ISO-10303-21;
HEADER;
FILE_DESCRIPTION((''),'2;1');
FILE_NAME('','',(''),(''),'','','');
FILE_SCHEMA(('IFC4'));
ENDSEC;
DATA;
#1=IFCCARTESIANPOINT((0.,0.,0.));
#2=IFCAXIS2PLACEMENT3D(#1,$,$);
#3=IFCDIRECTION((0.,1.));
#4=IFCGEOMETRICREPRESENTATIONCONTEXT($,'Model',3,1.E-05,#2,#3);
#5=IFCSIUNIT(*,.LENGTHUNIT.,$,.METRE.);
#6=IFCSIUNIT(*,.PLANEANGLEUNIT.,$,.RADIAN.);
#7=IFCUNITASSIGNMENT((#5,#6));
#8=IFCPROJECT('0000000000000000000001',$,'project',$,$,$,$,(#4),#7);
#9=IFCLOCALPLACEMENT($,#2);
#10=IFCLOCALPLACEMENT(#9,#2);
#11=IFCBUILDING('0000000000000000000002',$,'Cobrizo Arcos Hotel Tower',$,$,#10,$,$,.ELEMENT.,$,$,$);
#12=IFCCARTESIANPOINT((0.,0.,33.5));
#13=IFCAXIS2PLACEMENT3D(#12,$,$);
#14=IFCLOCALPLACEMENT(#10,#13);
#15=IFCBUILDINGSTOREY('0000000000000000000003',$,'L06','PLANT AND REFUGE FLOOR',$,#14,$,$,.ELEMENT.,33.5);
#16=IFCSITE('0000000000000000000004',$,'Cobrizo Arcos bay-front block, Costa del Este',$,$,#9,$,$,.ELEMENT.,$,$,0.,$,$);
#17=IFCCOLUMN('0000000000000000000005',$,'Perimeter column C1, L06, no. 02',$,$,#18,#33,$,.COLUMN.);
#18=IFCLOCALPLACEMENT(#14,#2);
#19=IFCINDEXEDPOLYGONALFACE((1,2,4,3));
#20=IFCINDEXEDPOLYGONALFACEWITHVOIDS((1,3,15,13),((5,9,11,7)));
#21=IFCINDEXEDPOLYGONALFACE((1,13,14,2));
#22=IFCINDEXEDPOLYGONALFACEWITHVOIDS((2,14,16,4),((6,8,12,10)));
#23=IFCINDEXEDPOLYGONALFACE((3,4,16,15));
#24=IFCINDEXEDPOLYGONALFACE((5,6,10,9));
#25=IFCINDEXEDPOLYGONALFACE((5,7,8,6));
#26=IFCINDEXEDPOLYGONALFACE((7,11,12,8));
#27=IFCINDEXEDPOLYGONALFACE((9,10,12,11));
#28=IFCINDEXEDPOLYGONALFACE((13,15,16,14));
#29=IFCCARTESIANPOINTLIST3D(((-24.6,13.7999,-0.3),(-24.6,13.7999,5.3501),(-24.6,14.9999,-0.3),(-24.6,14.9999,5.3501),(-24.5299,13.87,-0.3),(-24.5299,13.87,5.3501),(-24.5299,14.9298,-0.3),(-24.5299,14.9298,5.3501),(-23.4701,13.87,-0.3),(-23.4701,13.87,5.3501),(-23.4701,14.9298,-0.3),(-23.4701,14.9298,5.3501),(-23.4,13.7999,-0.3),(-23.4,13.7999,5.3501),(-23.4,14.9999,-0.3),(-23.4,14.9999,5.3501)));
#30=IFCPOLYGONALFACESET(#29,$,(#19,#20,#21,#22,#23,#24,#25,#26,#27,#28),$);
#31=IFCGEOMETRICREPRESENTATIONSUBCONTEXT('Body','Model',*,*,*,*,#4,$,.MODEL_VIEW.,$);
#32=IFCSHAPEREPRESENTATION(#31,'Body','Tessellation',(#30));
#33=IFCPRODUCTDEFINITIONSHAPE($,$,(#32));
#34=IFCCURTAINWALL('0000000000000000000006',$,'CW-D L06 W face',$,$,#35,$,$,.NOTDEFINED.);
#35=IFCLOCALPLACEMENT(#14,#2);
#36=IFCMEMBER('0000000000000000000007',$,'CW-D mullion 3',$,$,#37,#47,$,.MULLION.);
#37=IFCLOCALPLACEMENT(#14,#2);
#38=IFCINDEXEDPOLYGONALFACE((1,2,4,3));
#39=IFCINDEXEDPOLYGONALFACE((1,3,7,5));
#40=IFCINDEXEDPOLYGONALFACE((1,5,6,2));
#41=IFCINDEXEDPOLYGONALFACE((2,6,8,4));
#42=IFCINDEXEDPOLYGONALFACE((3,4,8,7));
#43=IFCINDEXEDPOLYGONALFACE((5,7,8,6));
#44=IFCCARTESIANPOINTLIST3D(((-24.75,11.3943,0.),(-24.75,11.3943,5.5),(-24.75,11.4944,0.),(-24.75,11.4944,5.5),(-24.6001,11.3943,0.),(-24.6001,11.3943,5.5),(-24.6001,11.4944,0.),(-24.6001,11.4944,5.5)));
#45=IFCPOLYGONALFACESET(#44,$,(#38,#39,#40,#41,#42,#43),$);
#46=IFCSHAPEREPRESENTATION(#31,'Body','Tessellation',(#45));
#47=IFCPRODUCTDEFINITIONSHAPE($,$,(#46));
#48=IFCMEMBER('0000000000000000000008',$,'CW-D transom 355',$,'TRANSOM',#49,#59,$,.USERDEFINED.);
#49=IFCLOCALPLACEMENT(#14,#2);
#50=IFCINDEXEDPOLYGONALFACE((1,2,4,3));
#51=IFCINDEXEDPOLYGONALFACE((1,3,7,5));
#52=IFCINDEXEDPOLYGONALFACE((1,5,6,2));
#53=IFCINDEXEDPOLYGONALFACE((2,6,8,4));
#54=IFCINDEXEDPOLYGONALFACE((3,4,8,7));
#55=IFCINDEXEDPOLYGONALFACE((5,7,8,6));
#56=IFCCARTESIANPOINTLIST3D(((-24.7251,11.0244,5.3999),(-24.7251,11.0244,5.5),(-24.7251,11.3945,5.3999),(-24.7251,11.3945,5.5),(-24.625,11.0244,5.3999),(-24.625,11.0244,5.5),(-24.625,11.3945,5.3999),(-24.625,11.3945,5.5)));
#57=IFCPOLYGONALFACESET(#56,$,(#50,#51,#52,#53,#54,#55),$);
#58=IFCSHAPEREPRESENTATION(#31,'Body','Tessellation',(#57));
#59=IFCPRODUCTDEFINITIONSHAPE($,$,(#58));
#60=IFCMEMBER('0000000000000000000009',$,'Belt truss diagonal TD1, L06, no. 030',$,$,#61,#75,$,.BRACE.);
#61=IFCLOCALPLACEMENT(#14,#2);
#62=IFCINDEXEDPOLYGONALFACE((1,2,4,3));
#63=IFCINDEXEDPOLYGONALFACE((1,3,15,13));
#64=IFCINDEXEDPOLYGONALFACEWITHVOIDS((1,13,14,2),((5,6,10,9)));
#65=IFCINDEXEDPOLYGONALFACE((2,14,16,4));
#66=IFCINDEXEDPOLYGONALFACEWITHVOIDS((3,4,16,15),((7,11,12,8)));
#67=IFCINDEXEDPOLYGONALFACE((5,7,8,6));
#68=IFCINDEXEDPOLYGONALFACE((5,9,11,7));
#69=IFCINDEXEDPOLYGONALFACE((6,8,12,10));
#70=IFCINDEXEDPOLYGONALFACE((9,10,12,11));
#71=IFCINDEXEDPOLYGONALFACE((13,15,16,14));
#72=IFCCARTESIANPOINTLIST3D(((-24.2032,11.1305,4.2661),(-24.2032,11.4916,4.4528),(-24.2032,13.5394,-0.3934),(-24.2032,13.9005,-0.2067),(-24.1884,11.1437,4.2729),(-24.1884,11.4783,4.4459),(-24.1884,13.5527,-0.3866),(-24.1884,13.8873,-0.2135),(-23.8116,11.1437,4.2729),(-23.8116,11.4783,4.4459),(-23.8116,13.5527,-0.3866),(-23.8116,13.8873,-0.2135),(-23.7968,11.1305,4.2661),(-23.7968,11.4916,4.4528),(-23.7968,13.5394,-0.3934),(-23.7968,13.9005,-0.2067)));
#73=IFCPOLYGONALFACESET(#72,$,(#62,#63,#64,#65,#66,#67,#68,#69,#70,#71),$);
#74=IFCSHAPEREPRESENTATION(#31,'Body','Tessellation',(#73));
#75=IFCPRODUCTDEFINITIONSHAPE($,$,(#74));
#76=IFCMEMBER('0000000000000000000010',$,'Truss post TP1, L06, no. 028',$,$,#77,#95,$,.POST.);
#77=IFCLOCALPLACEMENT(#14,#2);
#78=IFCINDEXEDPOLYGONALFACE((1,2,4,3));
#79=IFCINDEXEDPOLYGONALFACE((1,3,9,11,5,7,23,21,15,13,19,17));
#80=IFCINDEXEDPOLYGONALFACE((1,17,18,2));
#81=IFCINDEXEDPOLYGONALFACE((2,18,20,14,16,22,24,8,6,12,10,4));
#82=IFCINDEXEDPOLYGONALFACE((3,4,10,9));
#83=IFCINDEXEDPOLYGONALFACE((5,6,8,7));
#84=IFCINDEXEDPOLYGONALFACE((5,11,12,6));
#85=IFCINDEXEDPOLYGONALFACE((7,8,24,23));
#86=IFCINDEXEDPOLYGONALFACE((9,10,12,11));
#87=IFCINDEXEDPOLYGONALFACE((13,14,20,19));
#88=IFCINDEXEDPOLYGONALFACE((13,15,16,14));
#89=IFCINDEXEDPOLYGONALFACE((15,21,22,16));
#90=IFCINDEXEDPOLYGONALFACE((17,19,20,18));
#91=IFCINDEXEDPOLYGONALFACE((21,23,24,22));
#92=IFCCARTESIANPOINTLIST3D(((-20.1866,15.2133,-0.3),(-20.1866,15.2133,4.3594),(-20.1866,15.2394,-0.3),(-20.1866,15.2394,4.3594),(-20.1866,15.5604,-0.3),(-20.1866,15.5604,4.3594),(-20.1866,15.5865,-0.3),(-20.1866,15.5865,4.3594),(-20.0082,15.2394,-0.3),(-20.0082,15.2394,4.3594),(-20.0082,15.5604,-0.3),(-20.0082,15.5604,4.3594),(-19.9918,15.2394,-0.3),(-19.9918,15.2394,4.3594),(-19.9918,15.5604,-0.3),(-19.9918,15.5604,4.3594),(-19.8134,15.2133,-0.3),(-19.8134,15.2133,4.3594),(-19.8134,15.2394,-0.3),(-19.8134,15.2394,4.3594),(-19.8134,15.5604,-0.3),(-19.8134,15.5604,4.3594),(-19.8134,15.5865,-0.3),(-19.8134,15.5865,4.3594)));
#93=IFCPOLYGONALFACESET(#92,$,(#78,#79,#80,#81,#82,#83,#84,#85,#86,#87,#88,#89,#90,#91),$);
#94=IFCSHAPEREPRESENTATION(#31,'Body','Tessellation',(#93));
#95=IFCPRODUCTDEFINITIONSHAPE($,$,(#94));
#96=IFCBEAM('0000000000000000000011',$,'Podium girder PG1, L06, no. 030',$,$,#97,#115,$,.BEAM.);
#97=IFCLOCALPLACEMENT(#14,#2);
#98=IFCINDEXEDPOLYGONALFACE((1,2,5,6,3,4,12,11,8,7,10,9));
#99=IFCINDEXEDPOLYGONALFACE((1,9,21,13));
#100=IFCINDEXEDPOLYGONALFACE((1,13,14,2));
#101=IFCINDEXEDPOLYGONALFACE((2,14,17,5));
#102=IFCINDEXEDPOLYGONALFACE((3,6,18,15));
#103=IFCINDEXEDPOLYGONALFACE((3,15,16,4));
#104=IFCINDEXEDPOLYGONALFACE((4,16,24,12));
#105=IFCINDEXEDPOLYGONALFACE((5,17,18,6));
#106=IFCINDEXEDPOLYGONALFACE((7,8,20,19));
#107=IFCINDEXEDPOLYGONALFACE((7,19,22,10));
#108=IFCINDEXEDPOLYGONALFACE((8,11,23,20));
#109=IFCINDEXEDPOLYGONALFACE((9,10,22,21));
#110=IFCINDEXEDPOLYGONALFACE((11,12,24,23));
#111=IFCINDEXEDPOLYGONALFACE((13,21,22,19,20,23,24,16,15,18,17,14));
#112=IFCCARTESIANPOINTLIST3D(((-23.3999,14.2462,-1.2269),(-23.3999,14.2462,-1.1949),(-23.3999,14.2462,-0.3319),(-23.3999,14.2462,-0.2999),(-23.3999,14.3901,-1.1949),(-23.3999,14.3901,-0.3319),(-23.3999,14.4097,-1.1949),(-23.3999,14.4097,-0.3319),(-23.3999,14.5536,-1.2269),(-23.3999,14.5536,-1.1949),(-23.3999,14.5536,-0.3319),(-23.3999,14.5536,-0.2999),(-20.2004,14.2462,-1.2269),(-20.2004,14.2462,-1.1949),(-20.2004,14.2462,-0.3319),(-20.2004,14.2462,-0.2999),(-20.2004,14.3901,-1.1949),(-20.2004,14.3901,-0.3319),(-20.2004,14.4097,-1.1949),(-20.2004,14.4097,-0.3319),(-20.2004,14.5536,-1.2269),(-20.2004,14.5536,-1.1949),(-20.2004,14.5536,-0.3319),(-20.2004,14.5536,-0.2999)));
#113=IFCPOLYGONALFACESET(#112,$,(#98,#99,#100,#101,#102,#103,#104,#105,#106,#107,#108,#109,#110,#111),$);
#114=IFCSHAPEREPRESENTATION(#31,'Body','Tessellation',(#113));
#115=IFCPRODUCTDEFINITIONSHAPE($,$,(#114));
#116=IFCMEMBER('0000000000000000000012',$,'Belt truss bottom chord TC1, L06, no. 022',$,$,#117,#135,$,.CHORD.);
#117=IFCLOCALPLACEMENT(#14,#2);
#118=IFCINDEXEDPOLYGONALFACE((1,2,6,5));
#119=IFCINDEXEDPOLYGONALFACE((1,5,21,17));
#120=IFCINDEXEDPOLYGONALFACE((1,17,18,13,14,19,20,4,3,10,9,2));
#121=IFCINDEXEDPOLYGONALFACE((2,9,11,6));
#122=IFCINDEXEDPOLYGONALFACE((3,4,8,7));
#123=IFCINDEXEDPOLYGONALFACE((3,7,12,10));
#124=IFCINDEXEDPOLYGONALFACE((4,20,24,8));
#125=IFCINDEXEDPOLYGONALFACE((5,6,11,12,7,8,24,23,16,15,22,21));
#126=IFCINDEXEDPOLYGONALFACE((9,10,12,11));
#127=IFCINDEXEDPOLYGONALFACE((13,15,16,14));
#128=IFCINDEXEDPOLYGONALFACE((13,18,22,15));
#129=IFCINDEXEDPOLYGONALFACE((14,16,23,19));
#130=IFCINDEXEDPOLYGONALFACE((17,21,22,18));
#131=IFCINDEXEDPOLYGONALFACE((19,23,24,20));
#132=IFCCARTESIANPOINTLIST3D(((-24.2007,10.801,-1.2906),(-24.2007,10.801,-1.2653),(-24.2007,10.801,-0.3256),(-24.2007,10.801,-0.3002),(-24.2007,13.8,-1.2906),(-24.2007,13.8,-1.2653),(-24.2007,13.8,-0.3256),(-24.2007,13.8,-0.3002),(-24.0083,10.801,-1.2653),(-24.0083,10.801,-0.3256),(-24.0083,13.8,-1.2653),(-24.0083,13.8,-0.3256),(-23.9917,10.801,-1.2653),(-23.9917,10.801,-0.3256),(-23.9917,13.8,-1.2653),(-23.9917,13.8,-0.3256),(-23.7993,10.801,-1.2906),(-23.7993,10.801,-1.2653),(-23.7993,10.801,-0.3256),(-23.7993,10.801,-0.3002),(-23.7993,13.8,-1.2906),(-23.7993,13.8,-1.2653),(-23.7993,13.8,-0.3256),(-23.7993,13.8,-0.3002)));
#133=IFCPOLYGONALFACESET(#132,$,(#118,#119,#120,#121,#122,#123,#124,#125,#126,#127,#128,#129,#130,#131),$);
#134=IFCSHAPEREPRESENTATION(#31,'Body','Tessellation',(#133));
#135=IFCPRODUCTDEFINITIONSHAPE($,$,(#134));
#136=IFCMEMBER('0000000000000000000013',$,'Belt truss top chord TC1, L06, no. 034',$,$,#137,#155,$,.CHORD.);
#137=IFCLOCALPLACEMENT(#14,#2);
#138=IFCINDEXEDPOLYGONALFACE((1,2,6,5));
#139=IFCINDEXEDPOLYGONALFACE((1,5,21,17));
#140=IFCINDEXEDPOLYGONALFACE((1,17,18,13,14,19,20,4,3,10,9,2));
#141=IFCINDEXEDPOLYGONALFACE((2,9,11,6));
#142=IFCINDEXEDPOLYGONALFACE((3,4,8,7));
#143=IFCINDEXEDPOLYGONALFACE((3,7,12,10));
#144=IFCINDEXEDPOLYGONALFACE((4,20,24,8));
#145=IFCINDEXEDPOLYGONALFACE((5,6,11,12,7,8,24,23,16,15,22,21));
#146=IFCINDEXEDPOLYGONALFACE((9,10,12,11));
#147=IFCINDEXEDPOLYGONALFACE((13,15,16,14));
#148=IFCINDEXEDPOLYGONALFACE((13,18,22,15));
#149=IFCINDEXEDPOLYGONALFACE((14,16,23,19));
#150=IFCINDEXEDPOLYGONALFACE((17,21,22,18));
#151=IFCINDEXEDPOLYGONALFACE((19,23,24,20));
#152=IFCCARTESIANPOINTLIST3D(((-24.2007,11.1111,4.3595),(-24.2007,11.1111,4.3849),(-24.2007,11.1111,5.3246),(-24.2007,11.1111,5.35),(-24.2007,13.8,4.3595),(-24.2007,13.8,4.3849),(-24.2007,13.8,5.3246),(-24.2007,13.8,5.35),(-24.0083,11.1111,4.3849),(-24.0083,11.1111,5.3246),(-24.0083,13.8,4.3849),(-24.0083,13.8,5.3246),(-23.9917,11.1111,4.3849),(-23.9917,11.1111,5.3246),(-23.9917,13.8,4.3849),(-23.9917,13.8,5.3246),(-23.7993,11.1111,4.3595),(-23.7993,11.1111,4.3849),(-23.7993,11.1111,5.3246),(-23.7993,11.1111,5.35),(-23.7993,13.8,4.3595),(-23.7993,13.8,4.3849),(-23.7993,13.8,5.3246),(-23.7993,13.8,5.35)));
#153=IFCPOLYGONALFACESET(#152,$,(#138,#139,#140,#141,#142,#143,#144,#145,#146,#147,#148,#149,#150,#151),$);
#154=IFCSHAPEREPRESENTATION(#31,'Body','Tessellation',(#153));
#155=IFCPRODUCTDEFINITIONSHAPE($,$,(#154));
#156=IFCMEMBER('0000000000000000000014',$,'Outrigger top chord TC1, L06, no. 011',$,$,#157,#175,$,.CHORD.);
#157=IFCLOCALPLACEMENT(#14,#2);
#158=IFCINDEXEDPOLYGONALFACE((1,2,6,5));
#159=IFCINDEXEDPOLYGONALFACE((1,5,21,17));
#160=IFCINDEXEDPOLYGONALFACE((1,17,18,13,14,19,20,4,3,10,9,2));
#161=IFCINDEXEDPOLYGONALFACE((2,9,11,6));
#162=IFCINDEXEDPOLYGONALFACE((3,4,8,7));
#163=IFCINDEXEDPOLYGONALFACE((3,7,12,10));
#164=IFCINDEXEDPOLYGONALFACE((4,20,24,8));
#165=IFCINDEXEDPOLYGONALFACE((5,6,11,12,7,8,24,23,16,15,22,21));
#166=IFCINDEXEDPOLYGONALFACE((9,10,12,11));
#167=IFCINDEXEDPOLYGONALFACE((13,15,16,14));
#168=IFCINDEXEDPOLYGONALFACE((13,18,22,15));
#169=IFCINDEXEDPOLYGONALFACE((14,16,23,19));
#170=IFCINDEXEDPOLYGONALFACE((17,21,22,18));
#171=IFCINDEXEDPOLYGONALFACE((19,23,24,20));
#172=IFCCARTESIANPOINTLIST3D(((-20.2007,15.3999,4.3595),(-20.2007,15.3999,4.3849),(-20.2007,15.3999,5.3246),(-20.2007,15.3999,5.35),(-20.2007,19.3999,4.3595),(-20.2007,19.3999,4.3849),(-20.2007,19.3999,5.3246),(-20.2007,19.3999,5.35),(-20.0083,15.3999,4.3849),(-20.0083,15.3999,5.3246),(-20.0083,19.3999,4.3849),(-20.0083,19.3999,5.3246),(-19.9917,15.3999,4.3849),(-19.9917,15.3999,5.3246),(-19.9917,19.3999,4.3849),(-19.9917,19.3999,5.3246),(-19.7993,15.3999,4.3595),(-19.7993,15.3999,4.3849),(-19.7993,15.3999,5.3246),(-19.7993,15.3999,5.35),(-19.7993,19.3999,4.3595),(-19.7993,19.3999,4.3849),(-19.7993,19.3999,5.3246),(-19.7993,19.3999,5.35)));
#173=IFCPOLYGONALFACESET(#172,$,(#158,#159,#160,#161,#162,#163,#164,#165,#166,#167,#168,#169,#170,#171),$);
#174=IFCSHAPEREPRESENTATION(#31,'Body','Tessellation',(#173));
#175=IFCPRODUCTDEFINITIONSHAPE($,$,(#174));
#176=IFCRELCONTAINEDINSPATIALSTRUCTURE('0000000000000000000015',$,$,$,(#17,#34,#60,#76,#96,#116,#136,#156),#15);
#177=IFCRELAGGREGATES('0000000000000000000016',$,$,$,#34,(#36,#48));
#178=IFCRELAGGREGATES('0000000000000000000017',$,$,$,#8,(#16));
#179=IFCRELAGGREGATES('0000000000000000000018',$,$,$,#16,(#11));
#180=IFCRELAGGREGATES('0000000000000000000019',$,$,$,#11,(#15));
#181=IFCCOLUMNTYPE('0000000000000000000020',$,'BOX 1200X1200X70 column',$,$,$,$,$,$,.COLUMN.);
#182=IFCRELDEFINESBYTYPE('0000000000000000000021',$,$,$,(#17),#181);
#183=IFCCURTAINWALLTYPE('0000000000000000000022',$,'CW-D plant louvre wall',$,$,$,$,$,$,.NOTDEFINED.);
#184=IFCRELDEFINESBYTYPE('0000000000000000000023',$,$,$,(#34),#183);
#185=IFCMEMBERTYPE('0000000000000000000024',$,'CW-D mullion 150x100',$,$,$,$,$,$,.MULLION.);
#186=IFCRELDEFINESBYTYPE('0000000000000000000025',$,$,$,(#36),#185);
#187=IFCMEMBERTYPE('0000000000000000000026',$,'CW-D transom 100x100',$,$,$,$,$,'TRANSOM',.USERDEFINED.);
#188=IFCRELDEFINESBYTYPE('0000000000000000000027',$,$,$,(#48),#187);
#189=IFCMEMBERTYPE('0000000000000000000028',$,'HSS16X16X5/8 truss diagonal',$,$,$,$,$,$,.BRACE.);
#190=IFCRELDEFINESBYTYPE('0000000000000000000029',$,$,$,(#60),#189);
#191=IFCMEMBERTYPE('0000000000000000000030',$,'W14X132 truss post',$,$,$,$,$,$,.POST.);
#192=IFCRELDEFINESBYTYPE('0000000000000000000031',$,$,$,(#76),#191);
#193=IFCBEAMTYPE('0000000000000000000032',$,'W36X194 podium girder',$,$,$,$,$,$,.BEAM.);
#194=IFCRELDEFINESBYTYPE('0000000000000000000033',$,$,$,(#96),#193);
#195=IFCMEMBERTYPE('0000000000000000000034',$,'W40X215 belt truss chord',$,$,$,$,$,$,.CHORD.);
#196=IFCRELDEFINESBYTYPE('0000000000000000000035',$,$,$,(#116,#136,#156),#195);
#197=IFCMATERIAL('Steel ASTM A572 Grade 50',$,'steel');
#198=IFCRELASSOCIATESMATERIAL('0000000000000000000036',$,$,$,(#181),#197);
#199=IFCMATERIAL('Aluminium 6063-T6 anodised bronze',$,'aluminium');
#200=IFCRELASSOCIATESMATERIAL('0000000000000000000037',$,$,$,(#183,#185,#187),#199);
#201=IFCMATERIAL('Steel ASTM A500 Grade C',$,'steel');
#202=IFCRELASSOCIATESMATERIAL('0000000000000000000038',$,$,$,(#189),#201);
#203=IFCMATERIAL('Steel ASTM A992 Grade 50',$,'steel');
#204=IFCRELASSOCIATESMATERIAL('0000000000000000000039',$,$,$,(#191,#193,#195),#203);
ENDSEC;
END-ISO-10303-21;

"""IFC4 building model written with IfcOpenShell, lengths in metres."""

from ifc_helpers import new_model, si_unit, direction, frame, origin, origin_2d, place, context, subcontext, project, spatial, rectangle, hollow_rectangle, i_section, extrude, material, material_profile, profile_set, type_object, element, aggregate, save


model = new_model("IFC4")

# Units and contexts
model_context = context("Model", 3, precision=1e-05, world=origin(), true_north=direction((0.0, 1.0)))
body_context = subcontext(model_context, "Body", "Model", "MODEL_VIEW")
ifc_project = project(units=[si_unit("LENGTHUNIT", "METRE"), si_unit("PLANEANGLEUNIT", "RADIAN")], contexts=[model_context])

# Site, building, storey
site_placement = place(None, origin())
site = spatial("IfcSite", under=ifc_project, at=site_placement, Name="Cobrizo Arcos bay-front block, Costa del Este", CompositionType="ELEMENT", RefElevation=0.0)
building_placement = place(site_placement, origin())
building = spatial("IfcBuilding", under=site, at=building_placement, Name="Cobrizo Arcos Hotel Tower", CompositionType="ELEMENT")
storey_placement = place(building_placement, frame((0.0, 0.0, 33.5)))
storey = spatial("IfcBuildingStorey", under=building, at=storey_placement, Name="L06", Description="PLANT AND REFUGE FLOOR", CompositionType="ELEMENT", Elevation=33.5)

# Column
ifc_material_1 = material(Name="Steel ASTM A572 Grade 50", Category="steel")
ifc_material_profile_1 = material_profile(ifc_material_1, hollow_rectangle(XDim=1.2, YDim=1.2, WallThickness=0.0701, at=origin_2d()), Name="BOX 1200X1200X70")
ifc_profile_set_1 = profile_set([ifc_material_profile_1], Name="Steel ASTM A572 Grade 50")
column_type = type_object("IfcColumnType", Name="BOX 1200X1200X70 column", PredefinedType="COLUMN", material=ifc_profile_set_1)
column_placement = place(storey_placement, frame((-24.0, 14.3999, -0.3), z_axis=(0.0, 0.0, 1.0), x_axis=(1.0, 0.0, 0.0)))
element("IfcColumn", 1, at=column_placement, inside=storey, type_object=column_type, Name="Perimeter column C1, L06, no. 02", PredefinedType="COLUMN", context=body_context, shape_type="SweptSolid", body=[
    extrude(hollow_rectangle(XDim=1.2, YDim=1.2, WallThickness=0.0701, at=origin_2d()), origin(), (0.0, 0.0, 1.0), 5.6501),
])

# Curtain wall, members
ifc_material_2 = material(Name="Aluminium 6063-T6 anodised bronze", Category="aluminium")
curtain_wall_type = type_object("IfcCurtainWallType", Name="CW-D plant louvre wall", PredefinedType="NOTDEFINED", material=ifc_material_2)
curtain_wall_placement = place(storey_placement, origin())
curtain_wall = element("IfcCurtainWall", 2, at=curtain_wall_placement, inside=storey, type_object=curtain_wall_type, Name="CW-D L06 W face", PredefinedType="NOTDEFINED")
ifc_material_profile_2 = material_profile(ifc_material_2, rectangle(XDim=0.1499, YDim=0.1001, at=origin_2d()), Name="CW-D mullion 150x100")
ifc_profile_set_2 = profile_set([ifc_material_profile_2], Name="Aluminium 6063-T6 anodised bronze")
member_type_1 = type_object("IfcMemberType", Name="CW-D mullion 150x100", PredefinedType="MULLION", material=ifc_profile_set_2)
member_1_placement = place(storey_placement, frame((-24.675, 11.4443, 0.0), z_axis=(0.0, 0.0, 1.0), x_axis=(-1.0, 0.0, 0.0)))
member_1 = element("IfcMember", 3, at=member_1_placement, type_object=member_type_1, Name="CW-D mullion 3", PredefinedType="MULLION", context=body_context, shape_type="SweptSolid", body=[
    extrude(rectangle(XDim=0.1499, YDim=0.1001, at=origin_2d()), origin(), (0.0, 0.0, 1.0), 5.5),
])
ifc_material_profile_3 = material_profile(ifc_material_2, rectangle(XDim=0.1001, YDim=0.1001, at=origin_2d()), Name="CW-D transom 100x100")
ifc_profile_set_3 = profile_set([ifc_material_profile_3], Name="Aluminium 6063-T6 anodised bronze")
member_type_2 = type_object("IfcMemberType", Name="CW-D transom 100x100", ElementType="TRANSOM", PredefinedType="USERDEFINED", material=ifc_profile_set_3)
member_2_placement = place(storey_placement, frame((-24.675, 11.3945, 5.45), z_axis=(0.0, -1.0, 0.0), x_axis=(1.0, 0.0, 0.0)))
member_2 = element("IfcMember", 4, at=member_2_placement, type_object=member_type_2, Name="CW-D transom 355", ObjectType="TRANSOM", PredefinedType="USERDEFINED", context=body_context, shape_type="SweptSolid", body=[
    extrude(rectangle(XDim=0.1001, YDim=0.1001, at=origin_2d()), origin(), (0.0, 0.0, 1.0), 0.3701),
])

# Members
ifc_material_3 = material(Name="Steel ASTM A500 Grade C", Category="steel")
ifc_material_profile_4 = material_profile(ifc_material_3, hollow_rectangle(XDim=0.4065, YDim=0.4065, WallThickness=0.0149, at=origin_2d()), Name="HSS16X16X5/8")
ifc_profile_set_4 = profile_set([ifc_material_profile_4], Name="Steel ASTM A500 Grade C")
member_type_3 = type_object("IfcMemberType", Name="HSS16X16X5/8 truss diagonal", PredefinedType="BRACE", material=ifc_profile_set_4)
member_3_placement = place(storey_placement, frame((-24.0, 13.72, -0.3), z_axis=(0.0, -0.459256, 0.888304), x_axis=(1.0, 0.0, 0.0)))
element("IfcMember", 5, at=member_3_placement, inside=storey, type_object=member_type_3, Name="Belt truss diagonal TD1, L06, no. 030", PredefinedType="BRACE", context=body_context, shape_type="SweptSolid", body=[
    extrude(hollow_rectangle(XDim=0.4065, YDim=0.4065, WallThickness=0.0149, at=origin_2d()), origin(), (0.0, 0.0, 1.0), 5.2454),
])
ifc_material_4 = material(Name="Steel ASTM A992 Grade 50", Category="steel")
ifc_material_profile_5 = material_profile(ifc_material_4, i_section(OverallWidth=0.3733, OverallDepth=0.3733, WebThickness=0.0164, FlangeThickness=0.0261, at=origin_2d()), Name="W14X132")
ifc_profile_set_5 = profile_set([ifc_material_profile_5], Name="Steel ASTM A992 Grade 50")
member_type_4 = type_object("IfcMemberType", Name="W14X132 truss post", PredefinedType="POST", material=ifc_profile_set_5)
member_4_placement = place(storey_placement, frame((-20.0, 15.3999, -0.3), z_axis=(0.0, 0.0, 1.0), x_axis=(1.0, 0.0, 0.0)))
element("IfcMember", 6, at=member_4_placement, inside=storey, type_object=member_type_4, Name="Truss post TP1, L06, no. 028", PredefinedType="POST", context=body_context, shape_type="SweptSolid", body=[
    extrude(i_section(OverallWidth=0.3733, OverallDepth=0.3733, WebThickness=0.0164, FlangeThickness=0.0261, at=origin_2d()), origin(), (0.0, 0.0, 1.0), 4.6594),
])

# Beam
ifc_material_profile_6 = material_profile(ifc_material_4, i_section(OverallWidth=0.3074, OverallDepth=0.927, WebThickness=0.0195, FlangeThickness=0.032, at=origin_2d()), Name="W36X194")
ifc_profile_set_6 = profile_set([ifc_material_profile_6], Name="Steel ASTM A992 Grade 50")
beam_type = type_object("IfcBeamType", Name="W36X194 podium girder", PredefinedType="BEAM", material=ifc_profile_set_6)
beam_placement = place(storey_placement, frame((-23.3999, 14.3999, -0.7634), z_axis=(1.0, 0.0, 0.0), x_axis=(0.0, 1.0, 0.0)))
element("IfcBeam", 7, at=beam_placement, inside=storey, type_object=beam_type, Name="Podium girder PG1, L06, no. 030", PredefinedType="BEAM", context=body_context, shape_type="SweptSolid", body=[
    extrude(i_section(OverallWidth=0.3074, OverallDepth=0.927, WebThickness=0.0195, FlangeThickness=0.032, at=origin_2d()), origin(), (0.0, 0.0, 1.0), 3.1995),
])

# Members
ifc_material_profile_7 = material_profile(ifc_material_4, i_section(OverallWidth=0.4014, OverallDepth=0.9905, WebThickness=0.0166, FlangeThickness=0.0254, at=origin_2d()), Name="W40X215")
ifc_profile_set_7 = profile_set([ifc_material_profile_7], Name="Steel ASTM A992 Grade 50")
member_type_5 = type_object("IfcMemberType", Name="W40X215 belt truss chord", PredefinedType="CHORD", material=ifc_profile_set_7)
member_5_placement = place(storey_placement, frame((-24.0, 13.8, -0.7954), z_axis=(0.0, -1.0, 0.0), x_axis=(1.0, 0.0, 0.0)))
element("IfcMember", 8, at=member_5_placement, inside=storey, type_object=member_type_5, Name="Belt truss bottom chord TC1, L06, no. 022", PredefinedType="CHORD", context=body_context, shape_type="SweptSolid", body=[
    extrude(i_section(OverallWidth=0.4014, OverallDepth=0.9905, WebThickness=0.0166, FlangeThickness=0.0254, at=origin_2d()), origin(), (0.0, 0.0, 1.0), 2.999),
])
member_6_placement = place(storey_placement, frame((-24.0, 13.8, 4.8547), z_axis=(0.0, -1.0, 0.0), x_axis=(1.0, 0.0, 0.0)))
element("IfcMember", 9, at=member_6_placement, inside=storey, type_object=member_type_5, Name="Belt truss top chord TC1, L06, no. 034", PredefinedType="CHORD", context=body_context, shape_type="SweptSolid", body=[
    extrude(i_section(OverallWidth=0.4014, OverallDepth=0.9905, WebThickness=0.0166, FlangeThickness=0.0254, at=origin_2d()), origin(), (0.0, 0.0, 1.0), 2.689),
])
member_7_placement = place(storey_placement, frame((-20.0, 15.3999, 4.8547), z_axis=(0.0, 1.0, 0.0), x_axis=(-1.0, 0.0, 0.0)))
element("IfcMember", 10, at=member_7_placement, inside=storey, type_object=member_type_5, Name="Outrigger top chord TC1, L06, no. 011", PredefinedType="CHORD", context=body_context, shape_type="SweptSolid", body=[
    extrude(i_section(OverallWidth=0.4014, OverallDepth=0.9905, WebThickness=0.0166, FlangeThickness=0.0254, at=origin_2d()), origin(), (0.0, 0.0, 1.0), 4.0),
])

aggregate(curtain_wall, [member_1, member_2])

save(model, "model.ifc")
